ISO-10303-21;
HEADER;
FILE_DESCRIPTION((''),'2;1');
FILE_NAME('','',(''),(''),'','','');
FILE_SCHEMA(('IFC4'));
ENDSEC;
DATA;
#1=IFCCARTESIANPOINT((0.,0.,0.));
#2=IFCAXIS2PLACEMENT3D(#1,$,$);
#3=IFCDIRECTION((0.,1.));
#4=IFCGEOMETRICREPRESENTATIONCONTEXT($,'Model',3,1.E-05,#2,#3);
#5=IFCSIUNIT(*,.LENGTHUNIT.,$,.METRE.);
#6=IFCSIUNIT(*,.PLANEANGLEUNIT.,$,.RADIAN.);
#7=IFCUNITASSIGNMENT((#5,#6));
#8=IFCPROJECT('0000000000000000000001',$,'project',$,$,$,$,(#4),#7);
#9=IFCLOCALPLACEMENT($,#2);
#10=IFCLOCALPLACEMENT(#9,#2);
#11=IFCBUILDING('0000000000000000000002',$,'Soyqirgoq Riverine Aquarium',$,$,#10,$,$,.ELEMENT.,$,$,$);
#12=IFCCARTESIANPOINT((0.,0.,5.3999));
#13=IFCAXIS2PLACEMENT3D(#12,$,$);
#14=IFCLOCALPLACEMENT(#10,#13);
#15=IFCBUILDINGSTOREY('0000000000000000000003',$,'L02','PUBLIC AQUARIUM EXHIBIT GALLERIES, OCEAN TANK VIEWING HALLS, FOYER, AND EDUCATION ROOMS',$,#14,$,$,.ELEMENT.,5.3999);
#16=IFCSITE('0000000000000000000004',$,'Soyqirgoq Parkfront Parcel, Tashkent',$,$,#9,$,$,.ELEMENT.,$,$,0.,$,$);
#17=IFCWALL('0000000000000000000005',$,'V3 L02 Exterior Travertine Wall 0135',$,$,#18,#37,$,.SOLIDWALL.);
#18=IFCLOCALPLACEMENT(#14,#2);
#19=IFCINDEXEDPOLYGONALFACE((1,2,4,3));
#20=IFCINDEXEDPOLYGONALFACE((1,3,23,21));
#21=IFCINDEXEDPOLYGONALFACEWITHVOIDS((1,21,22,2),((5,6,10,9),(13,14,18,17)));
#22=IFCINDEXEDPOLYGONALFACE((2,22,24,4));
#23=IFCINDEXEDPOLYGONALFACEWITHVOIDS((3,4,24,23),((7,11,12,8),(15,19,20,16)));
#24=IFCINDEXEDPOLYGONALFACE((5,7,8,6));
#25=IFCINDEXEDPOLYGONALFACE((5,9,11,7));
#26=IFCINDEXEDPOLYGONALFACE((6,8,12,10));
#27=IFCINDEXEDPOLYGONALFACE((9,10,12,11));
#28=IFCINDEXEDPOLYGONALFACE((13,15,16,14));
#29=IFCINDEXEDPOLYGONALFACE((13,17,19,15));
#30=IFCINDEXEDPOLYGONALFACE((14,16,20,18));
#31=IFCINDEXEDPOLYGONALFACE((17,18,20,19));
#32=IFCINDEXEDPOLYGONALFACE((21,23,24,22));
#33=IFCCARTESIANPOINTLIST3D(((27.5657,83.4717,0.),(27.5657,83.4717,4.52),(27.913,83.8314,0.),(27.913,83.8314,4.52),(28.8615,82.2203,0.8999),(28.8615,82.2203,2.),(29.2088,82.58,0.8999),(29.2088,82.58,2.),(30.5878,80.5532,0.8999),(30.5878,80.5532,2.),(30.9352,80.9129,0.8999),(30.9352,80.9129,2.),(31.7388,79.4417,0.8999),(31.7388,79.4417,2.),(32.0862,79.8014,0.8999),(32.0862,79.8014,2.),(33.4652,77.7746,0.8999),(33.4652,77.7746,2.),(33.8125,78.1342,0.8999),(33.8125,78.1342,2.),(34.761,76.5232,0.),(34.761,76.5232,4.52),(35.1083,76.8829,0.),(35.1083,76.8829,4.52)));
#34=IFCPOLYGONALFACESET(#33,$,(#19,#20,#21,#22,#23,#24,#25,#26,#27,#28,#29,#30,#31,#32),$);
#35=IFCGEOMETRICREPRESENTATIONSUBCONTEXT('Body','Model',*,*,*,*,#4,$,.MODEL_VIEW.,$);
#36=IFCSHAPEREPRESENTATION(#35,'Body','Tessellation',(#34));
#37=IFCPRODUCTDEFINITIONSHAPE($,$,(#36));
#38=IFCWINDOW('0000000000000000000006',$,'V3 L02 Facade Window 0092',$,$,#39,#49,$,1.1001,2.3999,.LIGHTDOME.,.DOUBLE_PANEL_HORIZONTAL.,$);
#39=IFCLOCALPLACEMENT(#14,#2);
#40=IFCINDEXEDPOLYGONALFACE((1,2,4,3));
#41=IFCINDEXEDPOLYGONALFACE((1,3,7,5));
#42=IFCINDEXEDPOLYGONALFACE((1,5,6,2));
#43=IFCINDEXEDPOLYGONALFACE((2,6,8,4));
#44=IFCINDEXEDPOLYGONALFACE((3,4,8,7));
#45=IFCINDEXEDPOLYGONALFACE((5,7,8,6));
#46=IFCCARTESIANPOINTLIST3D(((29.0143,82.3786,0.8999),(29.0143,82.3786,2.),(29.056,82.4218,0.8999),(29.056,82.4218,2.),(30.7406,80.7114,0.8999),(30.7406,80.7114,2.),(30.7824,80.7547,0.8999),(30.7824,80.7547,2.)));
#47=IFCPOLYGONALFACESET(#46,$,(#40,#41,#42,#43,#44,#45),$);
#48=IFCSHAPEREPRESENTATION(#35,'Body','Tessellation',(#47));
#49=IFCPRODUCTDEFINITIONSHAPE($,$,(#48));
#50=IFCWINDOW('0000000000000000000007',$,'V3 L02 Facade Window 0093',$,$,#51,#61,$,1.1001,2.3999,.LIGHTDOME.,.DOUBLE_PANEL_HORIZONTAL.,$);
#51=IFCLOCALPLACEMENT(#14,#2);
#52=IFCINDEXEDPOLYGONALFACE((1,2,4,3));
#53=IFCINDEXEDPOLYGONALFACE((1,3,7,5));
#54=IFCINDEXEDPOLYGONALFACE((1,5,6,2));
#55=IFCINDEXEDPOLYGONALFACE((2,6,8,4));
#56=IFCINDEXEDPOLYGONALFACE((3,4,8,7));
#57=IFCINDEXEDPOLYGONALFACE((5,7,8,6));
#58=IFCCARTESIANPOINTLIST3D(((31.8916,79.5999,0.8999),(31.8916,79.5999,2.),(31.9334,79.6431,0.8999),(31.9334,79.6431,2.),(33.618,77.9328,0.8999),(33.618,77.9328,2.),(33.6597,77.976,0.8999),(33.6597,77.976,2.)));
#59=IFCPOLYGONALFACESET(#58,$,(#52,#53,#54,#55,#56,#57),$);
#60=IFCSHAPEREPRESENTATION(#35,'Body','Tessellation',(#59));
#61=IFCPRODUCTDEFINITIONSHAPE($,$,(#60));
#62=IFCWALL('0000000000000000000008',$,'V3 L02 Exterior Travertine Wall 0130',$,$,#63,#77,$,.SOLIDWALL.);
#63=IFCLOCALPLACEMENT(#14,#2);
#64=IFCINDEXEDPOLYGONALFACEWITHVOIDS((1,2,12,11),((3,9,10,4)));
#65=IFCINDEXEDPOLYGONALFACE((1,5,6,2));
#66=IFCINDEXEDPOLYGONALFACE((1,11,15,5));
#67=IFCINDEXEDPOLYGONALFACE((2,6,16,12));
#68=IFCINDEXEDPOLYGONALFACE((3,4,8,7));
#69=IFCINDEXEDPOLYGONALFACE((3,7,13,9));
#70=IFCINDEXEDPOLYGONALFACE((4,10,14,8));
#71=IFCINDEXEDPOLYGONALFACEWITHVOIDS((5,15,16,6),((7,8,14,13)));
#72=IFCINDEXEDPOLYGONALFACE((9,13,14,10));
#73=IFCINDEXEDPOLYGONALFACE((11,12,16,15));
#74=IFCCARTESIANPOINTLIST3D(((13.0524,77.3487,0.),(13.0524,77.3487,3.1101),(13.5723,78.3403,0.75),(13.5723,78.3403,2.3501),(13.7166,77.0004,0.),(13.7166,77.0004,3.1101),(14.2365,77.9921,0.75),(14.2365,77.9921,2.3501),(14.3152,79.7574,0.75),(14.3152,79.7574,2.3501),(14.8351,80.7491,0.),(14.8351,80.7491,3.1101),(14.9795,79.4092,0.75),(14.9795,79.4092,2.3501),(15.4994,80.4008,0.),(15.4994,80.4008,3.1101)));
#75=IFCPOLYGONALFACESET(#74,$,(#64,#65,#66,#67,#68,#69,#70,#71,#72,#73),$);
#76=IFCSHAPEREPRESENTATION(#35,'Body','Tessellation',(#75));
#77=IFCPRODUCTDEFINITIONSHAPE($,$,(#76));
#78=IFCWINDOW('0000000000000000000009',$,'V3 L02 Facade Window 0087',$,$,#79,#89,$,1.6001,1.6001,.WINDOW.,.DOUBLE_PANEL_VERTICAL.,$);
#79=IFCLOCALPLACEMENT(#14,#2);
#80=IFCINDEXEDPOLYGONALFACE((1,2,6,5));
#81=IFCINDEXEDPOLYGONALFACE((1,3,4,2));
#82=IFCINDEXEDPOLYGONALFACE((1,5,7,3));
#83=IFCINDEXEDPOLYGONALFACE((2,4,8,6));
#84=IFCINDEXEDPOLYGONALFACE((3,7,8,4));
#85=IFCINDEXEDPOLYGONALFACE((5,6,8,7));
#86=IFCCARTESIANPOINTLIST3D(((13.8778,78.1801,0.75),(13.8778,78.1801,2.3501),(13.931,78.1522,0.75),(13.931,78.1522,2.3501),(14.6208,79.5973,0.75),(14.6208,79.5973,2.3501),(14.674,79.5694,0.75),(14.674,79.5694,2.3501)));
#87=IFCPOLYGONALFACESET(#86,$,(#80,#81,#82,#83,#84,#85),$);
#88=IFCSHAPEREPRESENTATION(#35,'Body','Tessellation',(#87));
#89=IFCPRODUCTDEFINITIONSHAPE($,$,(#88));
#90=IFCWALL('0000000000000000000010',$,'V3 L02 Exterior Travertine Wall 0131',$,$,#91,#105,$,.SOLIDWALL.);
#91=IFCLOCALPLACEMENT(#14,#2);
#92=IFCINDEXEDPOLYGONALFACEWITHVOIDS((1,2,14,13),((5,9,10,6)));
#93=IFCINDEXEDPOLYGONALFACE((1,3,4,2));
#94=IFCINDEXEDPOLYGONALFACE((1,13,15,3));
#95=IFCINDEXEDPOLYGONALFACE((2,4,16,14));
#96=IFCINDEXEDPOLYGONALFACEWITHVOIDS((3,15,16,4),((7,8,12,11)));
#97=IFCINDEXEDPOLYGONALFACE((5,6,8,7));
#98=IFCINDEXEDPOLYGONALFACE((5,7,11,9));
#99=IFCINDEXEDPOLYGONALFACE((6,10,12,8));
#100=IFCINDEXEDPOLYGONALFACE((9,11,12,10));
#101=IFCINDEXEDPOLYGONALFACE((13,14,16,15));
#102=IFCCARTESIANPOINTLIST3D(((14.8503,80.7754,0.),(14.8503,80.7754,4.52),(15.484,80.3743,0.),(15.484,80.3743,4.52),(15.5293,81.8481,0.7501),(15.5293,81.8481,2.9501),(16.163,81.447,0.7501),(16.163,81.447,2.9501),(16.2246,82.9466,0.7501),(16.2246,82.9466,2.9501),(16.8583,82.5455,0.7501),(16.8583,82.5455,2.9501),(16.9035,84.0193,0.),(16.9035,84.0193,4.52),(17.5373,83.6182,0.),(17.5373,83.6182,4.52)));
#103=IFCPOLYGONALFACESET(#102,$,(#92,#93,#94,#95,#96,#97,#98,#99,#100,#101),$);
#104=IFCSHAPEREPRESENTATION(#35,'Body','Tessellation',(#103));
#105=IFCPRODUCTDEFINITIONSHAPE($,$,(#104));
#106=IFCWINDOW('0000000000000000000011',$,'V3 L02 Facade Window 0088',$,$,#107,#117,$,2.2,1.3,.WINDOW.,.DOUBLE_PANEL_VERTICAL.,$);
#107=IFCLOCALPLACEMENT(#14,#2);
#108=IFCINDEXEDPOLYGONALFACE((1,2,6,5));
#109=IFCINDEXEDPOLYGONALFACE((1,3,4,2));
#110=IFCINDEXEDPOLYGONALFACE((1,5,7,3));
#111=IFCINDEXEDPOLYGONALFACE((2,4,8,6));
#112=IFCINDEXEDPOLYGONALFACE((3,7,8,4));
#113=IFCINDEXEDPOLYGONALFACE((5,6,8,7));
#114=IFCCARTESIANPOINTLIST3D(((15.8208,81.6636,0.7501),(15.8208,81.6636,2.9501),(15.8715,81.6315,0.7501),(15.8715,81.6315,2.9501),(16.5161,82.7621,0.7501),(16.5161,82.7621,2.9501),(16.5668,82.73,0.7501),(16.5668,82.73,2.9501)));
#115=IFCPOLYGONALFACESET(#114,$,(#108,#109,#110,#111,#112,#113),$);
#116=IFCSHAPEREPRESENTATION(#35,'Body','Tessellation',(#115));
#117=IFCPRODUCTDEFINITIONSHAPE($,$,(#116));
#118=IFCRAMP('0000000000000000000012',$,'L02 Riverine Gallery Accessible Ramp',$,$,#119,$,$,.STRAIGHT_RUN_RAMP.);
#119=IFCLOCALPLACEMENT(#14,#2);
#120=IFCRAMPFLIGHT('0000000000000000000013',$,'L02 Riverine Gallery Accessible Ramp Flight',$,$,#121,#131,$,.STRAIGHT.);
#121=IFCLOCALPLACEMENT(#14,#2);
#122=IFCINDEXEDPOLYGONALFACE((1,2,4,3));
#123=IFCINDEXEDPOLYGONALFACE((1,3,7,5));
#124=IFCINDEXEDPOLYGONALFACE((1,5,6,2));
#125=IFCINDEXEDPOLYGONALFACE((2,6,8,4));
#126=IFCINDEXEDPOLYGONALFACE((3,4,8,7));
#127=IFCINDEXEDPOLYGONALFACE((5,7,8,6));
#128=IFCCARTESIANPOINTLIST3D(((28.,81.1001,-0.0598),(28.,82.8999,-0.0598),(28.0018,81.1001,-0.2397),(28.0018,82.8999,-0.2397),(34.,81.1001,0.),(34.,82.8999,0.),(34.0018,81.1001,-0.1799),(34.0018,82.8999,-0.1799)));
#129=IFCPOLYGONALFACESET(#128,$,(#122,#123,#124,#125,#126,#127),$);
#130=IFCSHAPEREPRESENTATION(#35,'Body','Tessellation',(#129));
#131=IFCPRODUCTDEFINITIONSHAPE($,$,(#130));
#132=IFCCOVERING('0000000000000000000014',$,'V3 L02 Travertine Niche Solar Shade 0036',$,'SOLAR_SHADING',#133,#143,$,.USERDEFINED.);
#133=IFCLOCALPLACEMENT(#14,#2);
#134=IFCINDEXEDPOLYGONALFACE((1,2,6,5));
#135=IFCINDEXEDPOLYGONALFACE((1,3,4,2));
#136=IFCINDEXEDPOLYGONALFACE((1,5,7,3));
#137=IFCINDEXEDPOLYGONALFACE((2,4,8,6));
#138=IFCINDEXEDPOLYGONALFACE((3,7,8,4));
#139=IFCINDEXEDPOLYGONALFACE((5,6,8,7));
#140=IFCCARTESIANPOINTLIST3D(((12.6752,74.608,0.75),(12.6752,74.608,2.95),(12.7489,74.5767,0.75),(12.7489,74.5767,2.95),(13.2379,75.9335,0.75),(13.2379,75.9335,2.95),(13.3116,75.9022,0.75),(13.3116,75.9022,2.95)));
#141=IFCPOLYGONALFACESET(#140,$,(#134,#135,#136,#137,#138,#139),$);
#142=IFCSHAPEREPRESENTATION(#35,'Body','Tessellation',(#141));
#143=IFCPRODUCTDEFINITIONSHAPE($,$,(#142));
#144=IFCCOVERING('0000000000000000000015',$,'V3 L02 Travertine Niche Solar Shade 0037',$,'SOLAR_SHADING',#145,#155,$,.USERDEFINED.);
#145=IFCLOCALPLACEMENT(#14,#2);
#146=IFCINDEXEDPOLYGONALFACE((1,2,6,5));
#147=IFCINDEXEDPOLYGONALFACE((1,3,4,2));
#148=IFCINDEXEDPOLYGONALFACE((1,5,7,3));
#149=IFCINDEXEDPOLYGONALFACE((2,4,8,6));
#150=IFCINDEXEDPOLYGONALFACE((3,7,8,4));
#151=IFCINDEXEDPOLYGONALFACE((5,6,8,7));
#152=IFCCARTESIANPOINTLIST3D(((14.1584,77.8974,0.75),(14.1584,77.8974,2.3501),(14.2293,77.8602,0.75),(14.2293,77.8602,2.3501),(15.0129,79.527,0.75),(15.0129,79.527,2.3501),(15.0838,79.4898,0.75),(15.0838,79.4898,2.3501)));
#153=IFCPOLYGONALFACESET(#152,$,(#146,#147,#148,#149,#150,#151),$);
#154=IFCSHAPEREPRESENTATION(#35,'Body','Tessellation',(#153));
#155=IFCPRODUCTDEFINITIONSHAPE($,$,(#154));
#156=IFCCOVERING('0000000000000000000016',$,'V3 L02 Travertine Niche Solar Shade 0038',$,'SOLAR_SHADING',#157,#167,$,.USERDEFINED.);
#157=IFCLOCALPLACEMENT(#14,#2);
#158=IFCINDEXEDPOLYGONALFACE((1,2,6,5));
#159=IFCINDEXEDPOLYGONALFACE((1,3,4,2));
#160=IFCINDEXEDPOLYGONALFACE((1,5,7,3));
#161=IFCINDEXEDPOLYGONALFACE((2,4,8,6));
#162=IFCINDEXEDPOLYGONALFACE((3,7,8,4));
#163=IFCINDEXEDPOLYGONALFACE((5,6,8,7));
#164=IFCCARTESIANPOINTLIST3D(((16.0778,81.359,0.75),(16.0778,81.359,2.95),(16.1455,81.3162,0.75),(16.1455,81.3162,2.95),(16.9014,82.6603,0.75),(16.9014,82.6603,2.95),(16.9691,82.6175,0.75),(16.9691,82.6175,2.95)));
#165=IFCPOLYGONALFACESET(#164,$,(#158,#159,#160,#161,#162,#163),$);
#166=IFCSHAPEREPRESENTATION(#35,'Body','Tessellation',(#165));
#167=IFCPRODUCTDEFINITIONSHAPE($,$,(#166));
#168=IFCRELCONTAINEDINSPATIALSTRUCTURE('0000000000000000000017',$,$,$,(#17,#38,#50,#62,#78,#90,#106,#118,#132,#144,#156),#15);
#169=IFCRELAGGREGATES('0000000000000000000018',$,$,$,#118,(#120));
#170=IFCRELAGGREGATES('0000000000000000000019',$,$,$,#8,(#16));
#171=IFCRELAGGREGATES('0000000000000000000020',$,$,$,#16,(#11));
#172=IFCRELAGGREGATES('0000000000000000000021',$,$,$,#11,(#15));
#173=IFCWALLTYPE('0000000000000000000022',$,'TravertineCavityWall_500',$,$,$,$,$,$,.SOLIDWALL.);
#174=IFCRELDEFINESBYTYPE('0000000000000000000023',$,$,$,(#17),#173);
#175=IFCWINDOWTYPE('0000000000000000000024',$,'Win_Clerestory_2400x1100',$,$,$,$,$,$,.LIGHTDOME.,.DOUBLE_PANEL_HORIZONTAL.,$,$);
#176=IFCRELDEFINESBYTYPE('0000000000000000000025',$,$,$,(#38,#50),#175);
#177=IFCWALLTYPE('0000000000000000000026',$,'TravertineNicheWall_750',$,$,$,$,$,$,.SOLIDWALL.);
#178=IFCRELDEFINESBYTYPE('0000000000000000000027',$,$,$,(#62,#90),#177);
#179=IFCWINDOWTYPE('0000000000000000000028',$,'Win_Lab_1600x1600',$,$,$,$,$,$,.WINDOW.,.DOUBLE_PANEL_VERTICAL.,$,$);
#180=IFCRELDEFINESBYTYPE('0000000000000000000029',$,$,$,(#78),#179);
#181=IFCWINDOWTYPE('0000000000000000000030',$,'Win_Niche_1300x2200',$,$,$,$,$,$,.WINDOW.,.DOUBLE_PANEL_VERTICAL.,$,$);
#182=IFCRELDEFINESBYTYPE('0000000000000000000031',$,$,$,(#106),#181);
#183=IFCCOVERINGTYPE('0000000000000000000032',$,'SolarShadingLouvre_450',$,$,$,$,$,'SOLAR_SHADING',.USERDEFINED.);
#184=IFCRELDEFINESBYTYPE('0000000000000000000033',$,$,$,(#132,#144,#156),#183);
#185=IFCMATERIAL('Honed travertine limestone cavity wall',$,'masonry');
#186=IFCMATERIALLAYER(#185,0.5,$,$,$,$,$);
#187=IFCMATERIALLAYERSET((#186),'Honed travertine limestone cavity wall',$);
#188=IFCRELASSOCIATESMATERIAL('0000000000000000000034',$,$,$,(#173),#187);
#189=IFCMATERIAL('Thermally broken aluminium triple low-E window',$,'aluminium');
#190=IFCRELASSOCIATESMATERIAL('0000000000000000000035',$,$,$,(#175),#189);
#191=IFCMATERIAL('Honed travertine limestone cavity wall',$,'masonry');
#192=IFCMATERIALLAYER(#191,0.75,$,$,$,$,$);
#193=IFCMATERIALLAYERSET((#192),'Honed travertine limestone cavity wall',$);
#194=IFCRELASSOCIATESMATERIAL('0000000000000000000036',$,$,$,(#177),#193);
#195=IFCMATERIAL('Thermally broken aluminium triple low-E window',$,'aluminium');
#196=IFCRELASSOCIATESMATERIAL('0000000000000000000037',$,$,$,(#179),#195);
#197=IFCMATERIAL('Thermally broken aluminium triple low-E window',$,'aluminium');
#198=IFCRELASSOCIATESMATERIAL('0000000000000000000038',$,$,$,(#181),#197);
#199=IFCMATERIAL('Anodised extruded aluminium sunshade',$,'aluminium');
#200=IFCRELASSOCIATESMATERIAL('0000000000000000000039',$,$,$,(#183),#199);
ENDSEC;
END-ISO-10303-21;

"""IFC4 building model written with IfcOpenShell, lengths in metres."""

from ifc_helpers import new_model, si_unit, direction, frame, frame_2d, origin, origin_2d, place, context, subcontext, project, spatial, polyline, rectangle, outline, extrude, material, layer, layer_set, type_object, element, fill, aggregate, save


model = new_model("IFC4")

# Units and contexts
model_context = context("Model", 3, precision=1e-05, world=origin(), true_north=direction((0.0, 1.0)))
body_context = subcontext(model_context, "Body", "Model", "MODEL_VIEW")
ifc_project = project(units=[si_unit("LENGTHUNIT", "METRE"), si_unit("PLANEANGLEUNIT", "RADIAN")], contexts=[model_context])

# Site, building, storey
site_placement = place(None, origin())
site = spatial("IfcSite", under=ifc_project, at=site_placement, Name="Soyqirgoq Parkfront Parcel, Tashkent", CompositionType="ELEMENT", RefElevation=0.0)
building_placement = place(site_placement, origin())
building = spatial("IfcBuilding", under=site, at=building_placement, Name="Soyqirgoq Riverine Aquarium", CompositionType="ELEMENT")
storey_placement = place(building_placement, frame((0.0, 0.0, 5.3999)))
storey = spatial("IfcBuildingStorey", under=building, at=storey_placement, Name="L02", Description="PUBLIC AQUARIUM EXHIBIT GALLERIES, OCEAN TANK VIEWING HALLS, FOYER, AND EDUCATION ROOMS", CompositionType="ELEMENT", Elevation=5.3999)

# Wall, openings, windows
ifc_material_1 = material(Name="Honed travertine limestone cavity wall", Category="masonry")
ifc_layer_1 = layer(ifc_material_1, 0.5)
ifc_layer_set_1 = layer_set([ifc_layer_1], Name="Honed travertine limestone cavity wall")
wall_type_1 = type_object("IfcWallType", Name="TravertineCavityWall_500", PredefinedType="SOLIDWALL", material=ifc_layer_set_1)
wall_1_placement = place(storey_placement, frame((27.7393, 83.6516, 0.0), z_axis=(0.0, 0.0, 1.0), x_axis=(0.719337, -0.694661, 0.0)))
wall_1 = element("IfcWall", 1, at=wall_1_placement, inside=storey, type_object=wall_type_1, Name="V3 L02 Exterior Travertine Wall 0135", PredefinedType="SOLIDWALL", context=body_context, shape_type="SweptSolid", body=[
    extrude(rectangle(XDim=10.0027, YDim=0.5, at=frame_2d((5.0015, 0.0))), origin(), (0.0, 0.0, 1.0), 4.52),
])
opening_1_placement = place(wall_1_placement, frame((1.8015, 0.0, 0.8999)))
opening_1 = element("IfcOpeningElement", 2, at=opening_1_placement, cuts=wall_1, PredefinedType="OPENING", context=body_context, shape_type="SweptSolid", body=[
    extrude(rectangle(XDim=2.3999, YDim=1.1001, at=frame_2d((1.2, 0.55))), frame((0.0, 0.26, 0.0), z_axis=(0.0, -1.0, 0.0), x_axis=(1.0, 0.0, 0.0)), (0.0, 0.0, 1.0), 0.52),
])
opening_2_placement = place(wall_1_placement, frame((5.8015, 0.0, 0.8999)))
opening_2 = element("IfcOpeningElement", 3, at=opening_2_placement, cuts=wall_1, PredefinedType="OPENING", context=body_context, shape_type="SweptSolid", body=[
    extrude(rectangle(XDim=2.3999, YDim=1.1001, at=frame_2d((1.2, 0.55))), frame((0.0, 0.26, 0.0), z_axis=(0.0, -1.0, 0.0), x_axis=(1.0, 0.0, 0.0)), (0.0, 0.0, 1.0), 0.52),
])
ifc_material_2 = material(Name="Thermally broken aluminium triple low-E window", Category="aluminium")
window_type_1 = type_object("IfcWindowType", Name="Win_Clerestory_2400x1100", PartitioningType="DOUBLE_PANEL_HORIZONTAL", PredefinedType="LIGHTDOME", material=ifc_material_2)
window_1_placement = place(opening_1_placement, origin())
window_1 = element("IfcWindow", 4, at=window_1_placement, inside=storey, type_object=window_type_1, Name="V3 L02 Facade Window 0092", OverallHeight=1.1001, OverallWidth=2.3999, PartitioningType="DOUBLE_PANEL_HORIZONTAL", PredefinedType="LIGHTDOME", context=body_context, shape_type="SweptSolid", body=[
    extrude(rectangle(XDim=2.3999, YDim=1.1001, at=frame_2d((1.2, 0.55))), frame((0.0, 0.03, 0.0), z_axis=(0.0, -1.0, 0.0), x_axis=(1.0, 0.0, 0.0)), (0.0, 0.0, 1.0), 0.0601),
])
fill(opening_1, window_1)
window_2_placement = place(opening_2_placement, origin())
window_2 = element("IfcWindow", 5, at=window_2_placement, inside=storey, type_object=window_type_1, Name="V3 L02 Facade Window 0093", OverallHeight=1.1001, OverallWidth=2.3999, PartitioningType="DOUBLE_PANEL_HORIZONTAL", PredefinedType="LIGHTDOME", context=body_context, shape_type="SweptSolid", body=[
    extrude(rectangle(XDim=2.3999, YDim=1.1001, at=frame_2d((1.2, 0.55))), frame((0.0, 0.03, 0.0), z_axis=(0.0, -1.0, 0.0), x_axis=(1.0, 0.0, 0.0)), (0.0, 0.0, 1.0), 0.0601),
])
fill(opening_2, window_2)

# Walls, openings, windows
ifc_material_3 = material(Name="Honed travertine limestone cavity wall", Category="masonry")
ifc_layer_2 = layer(ifc_material_3, 0.75)
ifc_layer_set_2 = layer_set([ifc_layer_2], Name="Honed travertine limestone cavity wall")
wall_type_2 = type_object("IfcWallType", Name="TravertineNicheWall_750", PredefinedType="SOLIDWALL", material=ifc_layer_set_2)
wall_2_placement = place(storey_placement, frame((13.3845, 77.1746, 0.0), z_axis=(0.0, 0.0, 1.0), x_axis=(0.464325, 0.885665, 0.0)))
wall_2 = element("IfcWall", 6, at=wall_2_placement, inside=storey, type_object=wall_type_2, Name="V3 L02 Exterior Travertine Wall 0130", PredefinedType="SOLIDWALL", context=body_context, shape_type="SweptSolid", body=[
    extrude(rectangle(XDim=3.8394, YDim=0.75, at=frame_2d((1.9197, 0.0))), origin(), (0.0, 0.0, 1.0), 3.1101),
])
opening_3_placement = place(wall_2_placement, frame((1.1196, 0.0, 0.75)))
opening_3 = element("IfcOpeningElement", 7, at=opening_3_placement, cuts=wall_2, PredefinedType="OPENING", context=body_context, shape_type="SweptSolid", body=[
    extrude(rectangle(XDim=1.6001, YDim=1.6001, at=frame_2d((0.8, 0.8))), frame((0.0, 0.385, 0.0), z_axis=(0.0, -1.0, 0.0), x_axis=(1.0, 0.0, 0.0)), (0.0, 0.0, 1.0), 0.77),
])
ifc_material_4 = material(Name="Thermally broken aluminium triple low-E window", Category="aluminium")
window_type_2 = type_object("IfcWindowType", Name="Win_Lab_1600x1600", PartitioningType="DOUBLE_PANEL_VERTICAL", PredefinedType="WINDOW", material=ifc_material_4)
window_3_placement = place(opening_3_placement, origin())
window_3 = element("IfcWindow", 8, at=window_3_placement, inside=storey, type_object=window_type_2, Name="V3 L02 Facade Window 0087", OverallHeight=1.6001, OverallWidth=1.6001, PartitioningType="DOUBLE_PANEL_VERTICAL", PredefinedType="WINDOW", context=body_context, shape_type="SweptSolid", body=[
    extrude(rectangle(XDim=1.6001, YDim=1.6001, at=frame_2d((0.8, 0.8))), frame((0.0, 0.03, 0.0), z_axis=(0.0, -1.0, 0.0), x_axis=(1.0, 0.0, 0.0)), (0.0, 0.0, 1.0), 0.0601),
])
fill(opening_3, window_3)
wall_3_placement = place(storey_placement, frame((15.1672, 80.575, 0.0), z_axis=(0.0, 0.0, 1.0), x_axis=(0.534821, 0.844966, 0.0)))
wall_3 = element("IfcWall", 9, at=wall_3_placement, inside=storey, type_object=wall_type_2, Name="V3 L02 Exterior Travertine Wall 0131", PredefinedType="SOLIDWALL", context=body_context, shape_type="SweptSolid", body=[
    extrude(rectangle(XDim=3.8391, YDim=0.75, at=frame_2d((1.9194, 0.0))), origin(), (0.0, 0.0, 1.0), 4.52),
])
opening_4_placement = place(wall_3_placement, frame((1.2695, 0.0, 0.75)))
opening_4 = element("IfcOpeningElement", 10, at=opening_4_placement, cuts=wall_3, PredefinedType="OPENING", context=body_context, shape_type="SweptSolid", body=[
    extrude(rectangle(XDim=1.3, YDim=2.2, at=frame_2d((0.6499, 1.1001))), frame((0.0, 0.385, 0.0), z_axis=(0.0, -1.0, 0.0), x_axis=(1.0, 0.0, 0.0)), (0.0, 0.0, 1.0), 0.77),
])
ifc_material_5 = material(Name="Thermally broken aluminium triple low-E window", Category="aluminium")
window_type_3 = type_object("IfcWindowType", Name="Win_Niche_1300x2200", PartitioningType="DOUBLE_PANEL_VERTICAL", PredefinedType="WINDOW", material=ifc_material_5)
window_4_placement = place(opening_4_placement, origin())
window_4 = element("IfcWindow", 11, at=window_4_placement, inside=storey, type_object=window_type_3, Name="V3 L02 Facade Window 0088", OverallHeight=2.2, OverallWidth=1.3, PartitioningType="DOUBLE_PANEL_VERTICAL", PredefinedType="WINDOW", context=body_context, shape_type="SweptSolid", body=[
    extrude(rectangle(XDim=1.3, YDim=2.2, at=frame_2d((0.6499, 1.1001))), frame((0.0, 0.03, 0.0), z_axis=(0.0, -1.0, 0.0), x_axis=(1.0, 0.0, 0.0)), (0.0, 0.0, 1.0), 0.0601),
])
fill(opening_4, window_4)

# Ramp, ramp flight
ramp_placement = place(storey_placement, origin())
ramp = element("IfcRamp", 12, at=ramp_placement, inside=storey, Name="L02 Riverine Gallery Accessible Ramp", PredefinedType="STRAIGHT_RUN_RAMP")
ramp_flight_placement = place(storey_placement, frame((28.0, 81.1001, -0.0598), z_axis=(-0.009969, 0.0, 0.99995), x_axis=(0.99995, 0.0, 0.009969)))
ramp_flight = element("IfcRampFlight", 13, at=ramp_flight_placement, Name="L02 Riverine Gallery Accessible Ramp Flight", PredefinedType="STRAIGHT", context=body_context, shape_type="SweptSolid", body=[
    extrude(outline(polyline([(0.0, 0.0), (6.0003, 0.0), (6.0003, 1.7998), (0.0, 1.7998), (0.0, 0.0)])), origin(), (0.0, 0.0, -1.0), 0.1799),
])
aggregate(ramp, [ramp_flight])

# Coverings
ifc_material_6 = material(Name="Anodised extruded aluminium sunshade", Category="aluminium")
covering_type_1 = type_object("IfcCoveringType", Name="SolarShadingLouvre_450", ElementType="SOLAR_SHADING", PredefinedType="USERDEFINED", material=ifc_material_6)
covering_1_placement = place(storey_placement, frame((12.9934, 75.2551, 0.75), z_axis=(0.0, 0.0, 1.0), x_axis=(0.390731, 0.920505, 0.0)))
element("IfcCovering", 14, at=covering_1_placement, inside=storey, type_object=covering_type_1, Name="V3 L02 Travertine Niche Solar Shade 0036", ObjectType="SOLAR_SHADING", PredefinedType="USERDEFINED", context=body_context, shape_type="SweptSolid", body=[
    extrude(rectangle(XDim=1.4399, YDim=0.0801, at=origin_2d()), origin(), (0.0, 0.0, 1.0), 2.2),
])
covering_2_placement = place(storey_placement, frame((14.6211, 78.6936, 0.75), z_axis=(0.0, 0.0, 1.0), x_axis=(0.464378, 0.885637, 0.0)))
element("IfcCovering", 15, at=covering_2_placement, inside=storey, type_object=covering_type_1, Name="V3 L02 Travertine Niche Solar Shade 0037", ObjectType="SOLAR_SHADING", PredefinedType="USERDEFINED", context=body_context, shape_type="SweptSolid", body=[
    extrude(rectangle(XDim=1.8401, YDim=0.0801, at=origin_2d()), origin(), (0.0, 0.0, 1.0), 1.6001),
])
covering_3_placement = place(storey_placement, frame((16.5234, 81.9883, 0.75), z_axis=(0.0, 0.0, 1.0), x_axis=(0.534795, 0.844982, 0.0)))
element("IfcCovering", 16, at=covering_3_placement, inside=storey, type_object=covering_type_1, Name="V3 L02 Travertine Niche Solar Shade 0038", ObjectType="SOLAR_SHADING", PredefinedType="USERDEFINED", context=body_context, shape_type="SweptSolid", body=[
    extrude(rectangle(XDim=1.54, YDim=0.0801, at=origin_2d()), origin(), (0.0, 0.0, 1.0), 2.2),
])

save(model, "model.ifc")
